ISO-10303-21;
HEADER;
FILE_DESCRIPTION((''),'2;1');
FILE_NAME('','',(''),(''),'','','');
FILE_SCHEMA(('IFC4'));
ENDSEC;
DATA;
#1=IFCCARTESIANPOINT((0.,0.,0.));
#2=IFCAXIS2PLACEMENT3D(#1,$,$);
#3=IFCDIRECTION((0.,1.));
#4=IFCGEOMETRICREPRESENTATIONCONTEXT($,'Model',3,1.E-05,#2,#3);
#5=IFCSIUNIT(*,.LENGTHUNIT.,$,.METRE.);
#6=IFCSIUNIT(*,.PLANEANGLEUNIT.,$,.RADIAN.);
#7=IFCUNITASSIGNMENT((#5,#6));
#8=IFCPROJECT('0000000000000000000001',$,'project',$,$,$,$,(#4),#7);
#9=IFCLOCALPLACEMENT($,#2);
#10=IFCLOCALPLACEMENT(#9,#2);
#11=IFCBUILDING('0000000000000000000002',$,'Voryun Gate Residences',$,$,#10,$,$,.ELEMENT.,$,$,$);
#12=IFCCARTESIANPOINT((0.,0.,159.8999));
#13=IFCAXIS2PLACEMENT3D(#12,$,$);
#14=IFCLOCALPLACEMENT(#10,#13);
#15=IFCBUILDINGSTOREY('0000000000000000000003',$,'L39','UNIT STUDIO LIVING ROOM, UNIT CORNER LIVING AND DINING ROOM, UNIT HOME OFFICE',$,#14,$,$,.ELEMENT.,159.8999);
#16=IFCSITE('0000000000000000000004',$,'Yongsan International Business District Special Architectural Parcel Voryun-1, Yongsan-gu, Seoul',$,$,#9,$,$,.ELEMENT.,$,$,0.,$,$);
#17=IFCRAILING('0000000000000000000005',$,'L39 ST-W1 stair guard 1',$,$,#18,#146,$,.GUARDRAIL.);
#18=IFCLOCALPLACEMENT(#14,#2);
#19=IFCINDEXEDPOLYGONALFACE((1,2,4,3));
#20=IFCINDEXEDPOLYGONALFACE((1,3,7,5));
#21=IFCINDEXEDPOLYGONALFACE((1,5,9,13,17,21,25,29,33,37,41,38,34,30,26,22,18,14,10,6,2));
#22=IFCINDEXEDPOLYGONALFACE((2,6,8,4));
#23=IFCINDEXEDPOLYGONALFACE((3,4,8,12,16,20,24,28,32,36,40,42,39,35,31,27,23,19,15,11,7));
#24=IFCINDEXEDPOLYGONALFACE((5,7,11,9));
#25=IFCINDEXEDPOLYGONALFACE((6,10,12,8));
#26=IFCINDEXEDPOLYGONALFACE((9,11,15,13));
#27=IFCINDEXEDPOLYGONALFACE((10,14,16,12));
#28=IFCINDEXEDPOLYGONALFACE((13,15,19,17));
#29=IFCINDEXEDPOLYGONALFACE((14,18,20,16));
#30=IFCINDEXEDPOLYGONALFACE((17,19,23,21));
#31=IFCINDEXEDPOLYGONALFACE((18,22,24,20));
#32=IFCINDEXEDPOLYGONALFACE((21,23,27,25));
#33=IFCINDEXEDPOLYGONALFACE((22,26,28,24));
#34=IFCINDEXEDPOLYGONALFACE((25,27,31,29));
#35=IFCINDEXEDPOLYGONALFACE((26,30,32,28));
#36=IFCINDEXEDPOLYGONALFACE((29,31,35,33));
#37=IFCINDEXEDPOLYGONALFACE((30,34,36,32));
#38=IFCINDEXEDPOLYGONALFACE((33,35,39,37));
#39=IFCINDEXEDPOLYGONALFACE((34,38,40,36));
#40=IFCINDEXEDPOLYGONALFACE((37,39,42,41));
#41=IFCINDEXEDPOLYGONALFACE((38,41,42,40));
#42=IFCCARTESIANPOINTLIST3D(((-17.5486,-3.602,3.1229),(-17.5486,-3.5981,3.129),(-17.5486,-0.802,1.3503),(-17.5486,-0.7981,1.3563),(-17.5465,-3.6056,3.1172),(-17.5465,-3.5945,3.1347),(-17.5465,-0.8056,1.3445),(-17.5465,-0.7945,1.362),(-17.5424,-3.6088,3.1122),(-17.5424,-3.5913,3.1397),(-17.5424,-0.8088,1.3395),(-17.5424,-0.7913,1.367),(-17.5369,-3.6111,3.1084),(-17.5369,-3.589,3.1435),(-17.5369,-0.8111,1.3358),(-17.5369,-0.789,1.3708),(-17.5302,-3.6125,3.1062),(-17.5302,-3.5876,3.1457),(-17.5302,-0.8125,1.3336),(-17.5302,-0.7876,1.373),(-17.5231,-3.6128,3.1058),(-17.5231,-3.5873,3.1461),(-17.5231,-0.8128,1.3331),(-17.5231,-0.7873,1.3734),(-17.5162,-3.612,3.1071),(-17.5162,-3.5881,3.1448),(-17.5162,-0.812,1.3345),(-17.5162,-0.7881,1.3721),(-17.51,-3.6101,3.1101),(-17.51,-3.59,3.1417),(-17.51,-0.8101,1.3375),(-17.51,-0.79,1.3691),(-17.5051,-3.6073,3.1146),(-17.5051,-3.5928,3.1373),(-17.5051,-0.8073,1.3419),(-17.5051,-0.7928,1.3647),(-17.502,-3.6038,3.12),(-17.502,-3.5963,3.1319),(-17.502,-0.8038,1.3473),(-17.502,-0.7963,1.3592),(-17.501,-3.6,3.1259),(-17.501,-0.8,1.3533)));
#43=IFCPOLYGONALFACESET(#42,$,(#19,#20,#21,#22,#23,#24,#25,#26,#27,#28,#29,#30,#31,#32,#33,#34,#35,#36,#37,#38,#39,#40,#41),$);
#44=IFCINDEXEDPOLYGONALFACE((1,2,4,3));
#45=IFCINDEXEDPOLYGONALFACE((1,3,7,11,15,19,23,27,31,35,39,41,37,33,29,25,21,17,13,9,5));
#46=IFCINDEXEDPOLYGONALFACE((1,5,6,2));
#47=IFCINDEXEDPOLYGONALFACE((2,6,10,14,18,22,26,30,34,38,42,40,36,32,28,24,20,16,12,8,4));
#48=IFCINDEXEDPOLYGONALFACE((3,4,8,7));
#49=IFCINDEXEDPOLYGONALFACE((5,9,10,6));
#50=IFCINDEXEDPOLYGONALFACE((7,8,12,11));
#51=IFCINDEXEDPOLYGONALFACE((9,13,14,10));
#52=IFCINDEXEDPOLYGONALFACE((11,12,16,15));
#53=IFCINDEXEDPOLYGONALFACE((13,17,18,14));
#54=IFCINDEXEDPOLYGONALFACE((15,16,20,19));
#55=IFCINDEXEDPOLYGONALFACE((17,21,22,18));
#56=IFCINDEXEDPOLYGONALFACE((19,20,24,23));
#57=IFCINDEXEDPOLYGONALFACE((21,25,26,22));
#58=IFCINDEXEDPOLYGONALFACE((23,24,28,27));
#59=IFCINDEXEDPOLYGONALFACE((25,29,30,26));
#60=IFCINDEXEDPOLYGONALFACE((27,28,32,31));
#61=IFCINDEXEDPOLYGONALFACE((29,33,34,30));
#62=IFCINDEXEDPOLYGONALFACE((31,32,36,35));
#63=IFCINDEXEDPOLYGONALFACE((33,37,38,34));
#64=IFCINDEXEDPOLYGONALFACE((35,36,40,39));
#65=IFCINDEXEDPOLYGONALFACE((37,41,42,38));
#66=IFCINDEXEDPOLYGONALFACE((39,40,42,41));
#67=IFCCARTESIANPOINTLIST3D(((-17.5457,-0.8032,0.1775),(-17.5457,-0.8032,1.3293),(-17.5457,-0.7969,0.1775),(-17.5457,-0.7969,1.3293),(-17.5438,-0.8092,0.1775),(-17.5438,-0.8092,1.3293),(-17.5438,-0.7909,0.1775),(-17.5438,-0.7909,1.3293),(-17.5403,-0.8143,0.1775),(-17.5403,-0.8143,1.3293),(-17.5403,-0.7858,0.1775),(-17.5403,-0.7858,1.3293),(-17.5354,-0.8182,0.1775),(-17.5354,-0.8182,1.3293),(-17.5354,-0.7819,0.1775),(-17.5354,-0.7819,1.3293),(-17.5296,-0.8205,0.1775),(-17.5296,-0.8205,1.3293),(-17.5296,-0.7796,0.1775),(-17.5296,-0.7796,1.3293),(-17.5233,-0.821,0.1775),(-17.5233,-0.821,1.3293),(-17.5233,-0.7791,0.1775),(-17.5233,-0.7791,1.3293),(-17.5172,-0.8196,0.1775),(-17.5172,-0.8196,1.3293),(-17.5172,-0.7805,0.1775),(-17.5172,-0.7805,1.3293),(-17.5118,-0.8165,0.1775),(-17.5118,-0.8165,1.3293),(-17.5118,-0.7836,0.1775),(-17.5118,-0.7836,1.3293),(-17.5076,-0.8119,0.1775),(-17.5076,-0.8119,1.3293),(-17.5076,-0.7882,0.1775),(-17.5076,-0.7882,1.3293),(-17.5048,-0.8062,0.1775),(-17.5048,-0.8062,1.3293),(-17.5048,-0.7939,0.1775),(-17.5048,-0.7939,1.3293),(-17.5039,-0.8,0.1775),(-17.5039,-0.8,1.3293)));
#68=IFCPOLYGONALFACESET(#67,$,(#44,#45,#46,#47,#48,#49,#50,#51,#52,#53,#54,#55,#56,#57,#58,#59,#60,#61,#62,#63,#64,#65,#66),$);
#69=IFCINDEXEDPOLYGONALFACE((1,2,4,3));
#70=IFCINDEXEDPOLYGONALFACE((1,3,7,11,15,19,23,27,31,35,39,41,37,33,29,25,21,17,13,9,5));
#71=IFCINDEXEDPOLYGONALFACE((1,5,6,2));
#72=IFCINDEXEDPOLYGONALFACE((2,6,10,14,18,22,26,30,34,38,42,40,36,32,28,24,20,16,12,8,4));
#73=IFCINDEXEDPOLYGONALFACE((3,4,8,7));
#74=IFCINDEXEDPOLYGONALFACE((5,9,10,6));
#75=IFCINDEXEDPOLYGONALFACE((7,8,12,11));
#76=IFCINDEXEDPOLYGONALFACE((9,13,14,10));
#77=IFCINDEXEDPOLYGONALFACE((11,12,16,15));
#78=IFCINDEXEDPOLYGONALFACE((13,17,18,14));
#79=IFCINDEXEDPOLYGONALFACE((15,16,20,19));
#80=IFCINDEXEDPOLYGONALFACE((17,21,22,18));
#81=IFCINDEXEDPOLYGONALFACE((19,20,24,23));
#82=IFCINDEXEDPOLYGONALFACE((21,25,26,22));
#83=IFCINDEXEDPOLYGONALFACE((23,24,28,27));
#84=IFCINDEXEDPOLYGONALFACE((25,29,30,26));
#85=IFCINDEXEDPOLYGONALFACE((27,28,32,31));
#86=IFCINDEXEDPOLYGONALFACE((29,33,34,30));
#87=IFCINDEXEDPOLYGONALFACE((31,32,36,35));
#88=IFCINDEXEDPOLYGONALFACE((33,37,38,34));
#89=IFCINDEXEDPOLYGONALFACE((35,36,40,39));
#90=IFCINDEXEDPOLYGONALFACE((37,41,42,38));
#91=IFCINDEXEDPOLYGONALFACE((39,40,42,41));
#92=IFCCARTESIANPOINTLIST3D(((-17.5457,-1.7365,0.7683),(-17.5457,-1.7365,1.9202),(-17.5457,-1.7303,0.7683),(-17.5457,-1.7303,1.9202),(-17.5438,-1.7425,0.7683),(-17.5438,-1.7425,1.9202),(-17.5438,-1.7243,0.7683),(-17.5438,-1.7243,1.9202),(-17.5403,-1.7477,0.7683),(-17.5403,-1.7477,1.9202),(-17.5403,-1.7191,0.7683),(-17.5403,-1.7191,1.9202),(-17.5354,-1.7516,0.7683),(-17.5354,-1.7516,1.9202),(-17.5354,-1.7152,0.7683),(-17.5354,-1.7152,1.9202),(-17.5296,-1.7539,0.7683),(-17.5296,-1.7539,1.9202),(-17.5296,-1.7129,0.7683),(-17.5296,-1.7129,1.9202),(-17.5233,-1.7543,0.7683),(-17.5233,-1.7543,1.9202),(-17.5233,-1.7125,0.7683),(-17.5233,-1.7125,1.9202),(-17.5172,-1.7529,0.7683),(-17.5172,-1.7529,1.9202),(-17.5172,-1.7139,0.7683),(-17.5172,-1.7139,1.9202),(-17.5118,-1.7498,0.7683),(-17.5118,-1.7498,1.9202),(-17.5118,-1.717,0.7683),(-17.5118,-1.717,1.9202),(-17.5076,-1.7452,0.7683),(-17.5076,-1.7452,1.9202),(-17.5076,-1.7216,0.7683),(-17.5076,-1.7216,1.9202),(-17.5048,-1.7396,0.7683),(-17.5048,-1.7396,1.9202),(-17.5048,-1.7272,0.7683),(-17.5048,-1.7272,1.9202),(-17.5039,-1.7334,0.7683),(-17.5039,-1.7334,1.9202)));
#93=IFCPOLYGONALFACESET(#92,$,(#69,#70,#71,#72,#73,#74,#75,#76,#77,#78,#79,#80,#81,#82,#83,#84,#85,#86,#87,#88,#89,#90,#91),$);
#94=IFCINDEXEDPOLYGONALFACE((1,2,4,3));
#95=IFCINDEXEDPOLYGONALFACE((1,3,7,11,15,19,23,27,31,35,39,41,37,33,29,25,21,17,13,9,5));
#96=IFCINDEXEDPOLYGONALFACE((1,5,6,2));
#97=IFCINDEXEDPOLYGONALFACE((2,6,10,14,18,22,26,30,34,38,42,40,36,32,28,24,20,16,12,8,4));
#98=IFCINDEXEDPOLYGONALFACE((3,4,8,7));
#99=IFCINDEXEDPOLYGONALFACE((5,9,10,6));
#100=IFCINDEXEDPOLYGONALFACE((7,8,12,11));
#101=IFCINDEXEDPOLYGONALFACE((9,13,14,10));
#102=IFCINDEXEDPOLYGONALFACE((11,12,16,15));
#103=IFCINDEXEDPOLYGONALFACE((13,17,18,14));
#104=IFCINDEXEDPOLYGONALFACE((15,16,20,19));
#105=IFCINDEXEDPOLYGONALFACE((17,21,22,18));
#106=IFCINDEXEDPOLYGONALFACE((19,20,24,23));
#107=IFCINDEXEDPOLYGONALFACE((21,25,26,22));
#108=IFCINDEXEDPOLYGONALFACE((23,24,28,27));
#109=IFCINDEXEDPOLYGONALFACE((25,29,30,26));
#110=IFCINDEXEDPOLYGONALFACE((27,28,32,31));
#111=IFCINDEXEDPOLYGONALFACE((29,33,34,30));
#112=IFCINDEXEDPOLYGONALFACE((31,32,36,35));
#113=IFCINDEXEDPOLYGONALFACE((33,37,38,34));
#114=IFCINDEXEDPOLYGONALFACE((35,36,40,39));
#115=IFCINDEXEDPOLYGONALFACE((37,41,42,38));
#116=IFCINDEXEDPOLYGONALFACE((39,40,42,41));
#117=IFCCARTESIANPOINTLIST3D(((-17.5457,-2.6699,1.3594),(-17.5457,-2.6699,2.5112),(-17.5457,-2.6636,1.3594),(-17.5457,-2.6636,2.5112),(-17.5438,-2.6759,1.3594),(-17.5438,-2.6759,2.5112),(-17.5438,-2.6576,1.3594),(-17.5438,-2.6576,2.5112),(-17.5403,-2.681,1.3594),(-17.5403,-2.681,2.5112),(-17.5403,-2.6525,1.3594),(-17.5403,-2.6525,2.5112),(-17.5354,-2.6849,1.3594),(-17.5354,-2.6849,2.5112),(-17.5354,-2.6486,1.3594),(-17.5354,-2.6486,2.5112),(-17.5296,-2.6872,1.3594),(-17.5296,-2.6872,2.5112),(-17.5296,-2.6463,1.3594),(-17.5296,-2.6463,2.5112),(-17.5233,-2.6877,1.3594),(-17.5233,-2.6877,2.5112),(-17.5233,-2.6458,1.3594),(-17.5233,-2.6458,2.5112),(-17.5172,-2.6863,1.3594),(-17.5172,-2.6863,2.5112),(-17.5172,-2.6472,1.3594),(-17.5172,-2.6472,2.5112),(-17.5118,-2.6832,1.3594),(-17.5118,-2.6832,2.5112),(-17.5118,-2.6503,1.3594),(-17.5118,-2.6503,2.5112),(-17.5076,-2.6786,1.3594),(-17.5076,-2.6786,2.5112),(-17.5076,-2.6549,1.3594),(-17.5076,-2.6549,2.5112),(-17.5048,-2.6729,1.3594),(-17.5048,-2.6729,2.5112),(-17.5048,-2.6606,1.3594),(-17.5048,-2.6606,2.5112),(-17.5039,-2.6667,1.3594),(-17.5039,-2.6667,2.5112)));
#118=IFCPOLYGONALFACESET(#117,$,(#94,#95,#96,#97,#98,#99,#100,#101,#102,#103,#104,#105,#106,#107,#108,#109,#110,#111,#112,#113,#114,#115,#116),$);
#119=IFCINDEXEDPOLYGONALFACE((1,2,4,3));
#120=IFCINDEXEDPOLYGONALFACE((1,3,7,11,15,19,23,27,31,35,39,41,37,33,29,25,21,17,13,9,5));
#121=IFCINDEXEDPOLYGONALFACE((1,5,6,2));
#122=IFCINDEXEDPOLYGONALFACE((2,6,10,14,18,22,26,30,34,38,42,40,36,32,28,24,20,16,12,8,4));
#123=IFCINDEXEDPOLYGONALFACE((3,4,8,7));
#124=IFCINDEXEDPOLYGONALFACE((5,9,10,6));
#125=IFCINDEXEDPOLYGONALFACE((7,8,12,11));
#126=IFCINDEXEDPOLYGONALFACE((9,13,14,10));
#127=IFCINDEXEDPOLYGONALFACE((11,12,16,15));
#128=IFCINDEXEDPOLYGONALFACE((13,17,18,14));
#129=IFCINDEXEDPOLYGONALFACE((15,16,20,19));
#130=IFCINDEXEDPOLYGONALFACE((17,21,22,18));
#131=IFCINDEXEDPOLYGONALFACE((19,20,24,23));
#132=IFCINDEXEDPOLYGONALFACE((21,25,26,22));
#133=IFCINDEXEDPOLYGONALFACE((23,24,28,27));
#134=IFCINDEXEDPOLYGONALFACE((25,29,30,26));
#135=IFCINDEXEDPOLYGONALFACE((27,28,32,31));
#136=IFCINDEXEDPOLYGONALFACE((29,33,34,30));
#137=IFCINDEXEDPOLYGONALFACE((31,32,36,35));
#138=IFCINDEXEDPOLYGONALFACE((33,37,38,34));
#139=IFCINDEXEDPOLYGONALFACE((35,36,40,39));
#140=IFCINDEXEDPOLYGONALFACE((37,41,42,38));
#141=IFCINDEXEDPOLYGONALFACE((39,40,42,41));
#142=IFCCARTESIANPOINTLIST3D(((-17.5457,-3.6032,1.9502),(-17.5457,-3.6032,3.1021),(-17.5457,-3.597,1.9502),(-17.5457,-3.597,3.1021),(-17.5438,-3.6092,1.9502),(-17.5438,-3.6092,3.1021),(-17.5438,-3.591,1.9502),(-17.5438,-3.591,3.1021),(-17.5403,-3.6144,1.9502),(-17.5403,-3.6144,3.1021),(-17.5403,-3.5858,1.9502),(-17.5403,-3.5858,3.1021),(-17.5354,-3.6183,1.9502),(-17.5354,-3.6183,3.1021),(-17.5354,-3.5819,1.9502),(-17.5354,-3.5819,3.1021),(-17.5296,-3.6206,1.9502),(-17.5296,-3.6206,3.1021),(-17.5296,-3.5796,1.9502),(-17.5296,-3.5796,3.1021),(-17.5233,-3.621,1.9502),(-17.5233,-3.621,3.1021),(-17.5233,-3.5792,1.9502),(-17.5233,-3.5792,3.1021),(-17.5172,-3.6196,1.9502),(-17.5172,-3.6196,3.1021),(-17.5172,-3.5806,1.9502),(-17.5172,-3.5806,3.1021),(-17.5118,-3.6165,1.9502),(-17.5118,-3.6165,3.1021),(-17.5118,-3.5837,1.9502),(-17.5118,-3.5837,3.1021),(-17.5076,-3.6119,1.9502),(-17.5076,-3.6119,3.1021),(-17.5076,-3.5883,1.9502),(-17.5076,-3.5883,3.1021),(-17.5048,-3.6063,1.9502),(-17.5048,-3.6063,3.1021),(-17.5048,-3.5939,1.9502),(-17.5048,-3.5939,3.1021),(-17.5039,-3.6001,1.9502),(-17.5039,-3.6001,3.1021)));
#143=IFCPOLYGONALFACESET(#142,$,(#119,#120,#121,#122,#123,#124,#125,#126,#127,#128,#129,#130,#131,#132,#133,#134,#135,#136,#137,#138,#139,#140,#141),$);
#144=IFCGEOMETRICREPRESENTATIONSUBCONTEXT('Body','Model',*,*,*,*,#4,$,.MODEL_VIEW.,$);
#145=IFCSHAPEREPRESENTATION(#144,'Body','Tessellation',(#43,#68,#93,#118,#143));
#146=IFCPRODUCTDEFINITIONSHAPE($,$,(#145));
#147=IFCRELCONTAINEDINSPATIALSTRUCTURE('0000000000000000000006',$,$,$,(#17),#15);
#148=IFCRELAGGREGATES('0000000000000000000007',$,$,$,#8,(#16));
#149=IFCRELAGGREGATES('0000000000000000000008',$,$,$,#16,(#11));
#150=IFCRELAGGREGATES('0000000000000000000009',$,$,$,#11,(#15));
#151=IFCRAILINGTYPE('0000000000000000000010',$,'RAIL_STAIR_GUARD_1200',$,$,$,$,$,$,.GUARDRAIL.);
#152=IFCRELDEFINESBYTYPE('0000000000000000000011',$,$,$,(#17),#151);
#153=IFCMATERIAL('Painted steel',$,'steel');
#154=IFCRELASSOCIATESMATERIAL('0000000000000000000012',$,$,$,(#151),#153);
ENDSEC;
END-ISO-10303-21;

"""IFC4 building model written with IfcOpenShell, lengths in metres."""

from ifc_helpers import new_model, si_unit, direction, frame, origin, origin_2d, place, context, subcontext, project, spatial, circle, extrude, material, type_object, element, save


model = new_model("IFC4")

# Units and contexts
model_context = context("Model", 3, precision=1e-05, world=origin(), true_north=direction((0.0, 1.0)))
body_context = subcontext(model_context, "Body", "Model", "MODEL_VIEW")
ifc_project = project(units=[si_unit("LENGTHUNIT", "METRE"), si_unit("PLANEANGLEUNIT", "RADIAN")], contexts=[model_context])

# Site, building, storey
site_placement = place(None, origin())
site = spatial("IfcSite", under=ifc_project, at=site_placement, Name="Yongsan International Business District Special Architectural Parcel Voryun-1, Yongsan-gu, Seoul", CompositionType="ELEMENT", RefElevation=0.0)
building_placement = place(site_placement, origin())
building = spatial("IfcBuilding", under=site, at=building_placement, Name="Voryun Gate Residences", CompositionType="ELEMENT")
storey_placement = place(building_placement, frame((0.0, 0.0, 159.8999)))
storey = spatial("IfcBuildingStorey", under=building, at=storey_placement, Name="L39", Description="UNIT STUDIO LIVING ROOM, UNIT CORNER LIVING AND DINING ROOM, UNIT HOME OFFICE", CompositionType="ELEMENT", Elevation=159.8999)

# Railing
ifc_material_1 = material(Name="Painted steel", Category="steel")
railing_type_1 = type_object("IfcRailingType", Name="RAIL_STAIR_GUARD_1200", PredefinedType="GUARDRAIL", material=ifc_material_1)
railing_1_placement = place(storey_placement, frame((-17.5249, -0.8, 0.1775)))
element("IfcRailing", 1, at=railing_1_placement, inside=storey, type_object=railing_type_1, Name="L39 ST-W1 stair guard 1", PredefinedType="GUARDRAIL", context=body_context, shape_type="SweptSolid", body=[
    extrude(circle(Radius=0.0239, at=origin_2d()), frame((0.0, 0.0, 1.1758), z_axis=(0.0, -0.844909, 0.53491), x_axis=(1.0, 0.0, 0.0)), (0.0, 0.0, 1.0), 3.314),
    extrude(circle(Radius=0.021, at=origin_2d()), origin(), (0.0, 0.0, 1.0), 1.1519),
    extrude(circle(Radius=0.021, at=origin_2d()), frame((0.0, -0.9333, 0.5908)), (0.0, 0.0, 1.0), 1.1519),
    extrude(circle(Radius=0.021, at=origin_2d()), frame((0.0, -1.8667, 1.1819)), (0.0, 0.0, 1.0), 1.1519),
    extrude(circle(Radius=0.021, at=origin_2d()), frame((0.0, -2.8, 1.7727)), (0.0, 0.0, 1.0), 1.1519),
])

save(model, "model.ifc")
